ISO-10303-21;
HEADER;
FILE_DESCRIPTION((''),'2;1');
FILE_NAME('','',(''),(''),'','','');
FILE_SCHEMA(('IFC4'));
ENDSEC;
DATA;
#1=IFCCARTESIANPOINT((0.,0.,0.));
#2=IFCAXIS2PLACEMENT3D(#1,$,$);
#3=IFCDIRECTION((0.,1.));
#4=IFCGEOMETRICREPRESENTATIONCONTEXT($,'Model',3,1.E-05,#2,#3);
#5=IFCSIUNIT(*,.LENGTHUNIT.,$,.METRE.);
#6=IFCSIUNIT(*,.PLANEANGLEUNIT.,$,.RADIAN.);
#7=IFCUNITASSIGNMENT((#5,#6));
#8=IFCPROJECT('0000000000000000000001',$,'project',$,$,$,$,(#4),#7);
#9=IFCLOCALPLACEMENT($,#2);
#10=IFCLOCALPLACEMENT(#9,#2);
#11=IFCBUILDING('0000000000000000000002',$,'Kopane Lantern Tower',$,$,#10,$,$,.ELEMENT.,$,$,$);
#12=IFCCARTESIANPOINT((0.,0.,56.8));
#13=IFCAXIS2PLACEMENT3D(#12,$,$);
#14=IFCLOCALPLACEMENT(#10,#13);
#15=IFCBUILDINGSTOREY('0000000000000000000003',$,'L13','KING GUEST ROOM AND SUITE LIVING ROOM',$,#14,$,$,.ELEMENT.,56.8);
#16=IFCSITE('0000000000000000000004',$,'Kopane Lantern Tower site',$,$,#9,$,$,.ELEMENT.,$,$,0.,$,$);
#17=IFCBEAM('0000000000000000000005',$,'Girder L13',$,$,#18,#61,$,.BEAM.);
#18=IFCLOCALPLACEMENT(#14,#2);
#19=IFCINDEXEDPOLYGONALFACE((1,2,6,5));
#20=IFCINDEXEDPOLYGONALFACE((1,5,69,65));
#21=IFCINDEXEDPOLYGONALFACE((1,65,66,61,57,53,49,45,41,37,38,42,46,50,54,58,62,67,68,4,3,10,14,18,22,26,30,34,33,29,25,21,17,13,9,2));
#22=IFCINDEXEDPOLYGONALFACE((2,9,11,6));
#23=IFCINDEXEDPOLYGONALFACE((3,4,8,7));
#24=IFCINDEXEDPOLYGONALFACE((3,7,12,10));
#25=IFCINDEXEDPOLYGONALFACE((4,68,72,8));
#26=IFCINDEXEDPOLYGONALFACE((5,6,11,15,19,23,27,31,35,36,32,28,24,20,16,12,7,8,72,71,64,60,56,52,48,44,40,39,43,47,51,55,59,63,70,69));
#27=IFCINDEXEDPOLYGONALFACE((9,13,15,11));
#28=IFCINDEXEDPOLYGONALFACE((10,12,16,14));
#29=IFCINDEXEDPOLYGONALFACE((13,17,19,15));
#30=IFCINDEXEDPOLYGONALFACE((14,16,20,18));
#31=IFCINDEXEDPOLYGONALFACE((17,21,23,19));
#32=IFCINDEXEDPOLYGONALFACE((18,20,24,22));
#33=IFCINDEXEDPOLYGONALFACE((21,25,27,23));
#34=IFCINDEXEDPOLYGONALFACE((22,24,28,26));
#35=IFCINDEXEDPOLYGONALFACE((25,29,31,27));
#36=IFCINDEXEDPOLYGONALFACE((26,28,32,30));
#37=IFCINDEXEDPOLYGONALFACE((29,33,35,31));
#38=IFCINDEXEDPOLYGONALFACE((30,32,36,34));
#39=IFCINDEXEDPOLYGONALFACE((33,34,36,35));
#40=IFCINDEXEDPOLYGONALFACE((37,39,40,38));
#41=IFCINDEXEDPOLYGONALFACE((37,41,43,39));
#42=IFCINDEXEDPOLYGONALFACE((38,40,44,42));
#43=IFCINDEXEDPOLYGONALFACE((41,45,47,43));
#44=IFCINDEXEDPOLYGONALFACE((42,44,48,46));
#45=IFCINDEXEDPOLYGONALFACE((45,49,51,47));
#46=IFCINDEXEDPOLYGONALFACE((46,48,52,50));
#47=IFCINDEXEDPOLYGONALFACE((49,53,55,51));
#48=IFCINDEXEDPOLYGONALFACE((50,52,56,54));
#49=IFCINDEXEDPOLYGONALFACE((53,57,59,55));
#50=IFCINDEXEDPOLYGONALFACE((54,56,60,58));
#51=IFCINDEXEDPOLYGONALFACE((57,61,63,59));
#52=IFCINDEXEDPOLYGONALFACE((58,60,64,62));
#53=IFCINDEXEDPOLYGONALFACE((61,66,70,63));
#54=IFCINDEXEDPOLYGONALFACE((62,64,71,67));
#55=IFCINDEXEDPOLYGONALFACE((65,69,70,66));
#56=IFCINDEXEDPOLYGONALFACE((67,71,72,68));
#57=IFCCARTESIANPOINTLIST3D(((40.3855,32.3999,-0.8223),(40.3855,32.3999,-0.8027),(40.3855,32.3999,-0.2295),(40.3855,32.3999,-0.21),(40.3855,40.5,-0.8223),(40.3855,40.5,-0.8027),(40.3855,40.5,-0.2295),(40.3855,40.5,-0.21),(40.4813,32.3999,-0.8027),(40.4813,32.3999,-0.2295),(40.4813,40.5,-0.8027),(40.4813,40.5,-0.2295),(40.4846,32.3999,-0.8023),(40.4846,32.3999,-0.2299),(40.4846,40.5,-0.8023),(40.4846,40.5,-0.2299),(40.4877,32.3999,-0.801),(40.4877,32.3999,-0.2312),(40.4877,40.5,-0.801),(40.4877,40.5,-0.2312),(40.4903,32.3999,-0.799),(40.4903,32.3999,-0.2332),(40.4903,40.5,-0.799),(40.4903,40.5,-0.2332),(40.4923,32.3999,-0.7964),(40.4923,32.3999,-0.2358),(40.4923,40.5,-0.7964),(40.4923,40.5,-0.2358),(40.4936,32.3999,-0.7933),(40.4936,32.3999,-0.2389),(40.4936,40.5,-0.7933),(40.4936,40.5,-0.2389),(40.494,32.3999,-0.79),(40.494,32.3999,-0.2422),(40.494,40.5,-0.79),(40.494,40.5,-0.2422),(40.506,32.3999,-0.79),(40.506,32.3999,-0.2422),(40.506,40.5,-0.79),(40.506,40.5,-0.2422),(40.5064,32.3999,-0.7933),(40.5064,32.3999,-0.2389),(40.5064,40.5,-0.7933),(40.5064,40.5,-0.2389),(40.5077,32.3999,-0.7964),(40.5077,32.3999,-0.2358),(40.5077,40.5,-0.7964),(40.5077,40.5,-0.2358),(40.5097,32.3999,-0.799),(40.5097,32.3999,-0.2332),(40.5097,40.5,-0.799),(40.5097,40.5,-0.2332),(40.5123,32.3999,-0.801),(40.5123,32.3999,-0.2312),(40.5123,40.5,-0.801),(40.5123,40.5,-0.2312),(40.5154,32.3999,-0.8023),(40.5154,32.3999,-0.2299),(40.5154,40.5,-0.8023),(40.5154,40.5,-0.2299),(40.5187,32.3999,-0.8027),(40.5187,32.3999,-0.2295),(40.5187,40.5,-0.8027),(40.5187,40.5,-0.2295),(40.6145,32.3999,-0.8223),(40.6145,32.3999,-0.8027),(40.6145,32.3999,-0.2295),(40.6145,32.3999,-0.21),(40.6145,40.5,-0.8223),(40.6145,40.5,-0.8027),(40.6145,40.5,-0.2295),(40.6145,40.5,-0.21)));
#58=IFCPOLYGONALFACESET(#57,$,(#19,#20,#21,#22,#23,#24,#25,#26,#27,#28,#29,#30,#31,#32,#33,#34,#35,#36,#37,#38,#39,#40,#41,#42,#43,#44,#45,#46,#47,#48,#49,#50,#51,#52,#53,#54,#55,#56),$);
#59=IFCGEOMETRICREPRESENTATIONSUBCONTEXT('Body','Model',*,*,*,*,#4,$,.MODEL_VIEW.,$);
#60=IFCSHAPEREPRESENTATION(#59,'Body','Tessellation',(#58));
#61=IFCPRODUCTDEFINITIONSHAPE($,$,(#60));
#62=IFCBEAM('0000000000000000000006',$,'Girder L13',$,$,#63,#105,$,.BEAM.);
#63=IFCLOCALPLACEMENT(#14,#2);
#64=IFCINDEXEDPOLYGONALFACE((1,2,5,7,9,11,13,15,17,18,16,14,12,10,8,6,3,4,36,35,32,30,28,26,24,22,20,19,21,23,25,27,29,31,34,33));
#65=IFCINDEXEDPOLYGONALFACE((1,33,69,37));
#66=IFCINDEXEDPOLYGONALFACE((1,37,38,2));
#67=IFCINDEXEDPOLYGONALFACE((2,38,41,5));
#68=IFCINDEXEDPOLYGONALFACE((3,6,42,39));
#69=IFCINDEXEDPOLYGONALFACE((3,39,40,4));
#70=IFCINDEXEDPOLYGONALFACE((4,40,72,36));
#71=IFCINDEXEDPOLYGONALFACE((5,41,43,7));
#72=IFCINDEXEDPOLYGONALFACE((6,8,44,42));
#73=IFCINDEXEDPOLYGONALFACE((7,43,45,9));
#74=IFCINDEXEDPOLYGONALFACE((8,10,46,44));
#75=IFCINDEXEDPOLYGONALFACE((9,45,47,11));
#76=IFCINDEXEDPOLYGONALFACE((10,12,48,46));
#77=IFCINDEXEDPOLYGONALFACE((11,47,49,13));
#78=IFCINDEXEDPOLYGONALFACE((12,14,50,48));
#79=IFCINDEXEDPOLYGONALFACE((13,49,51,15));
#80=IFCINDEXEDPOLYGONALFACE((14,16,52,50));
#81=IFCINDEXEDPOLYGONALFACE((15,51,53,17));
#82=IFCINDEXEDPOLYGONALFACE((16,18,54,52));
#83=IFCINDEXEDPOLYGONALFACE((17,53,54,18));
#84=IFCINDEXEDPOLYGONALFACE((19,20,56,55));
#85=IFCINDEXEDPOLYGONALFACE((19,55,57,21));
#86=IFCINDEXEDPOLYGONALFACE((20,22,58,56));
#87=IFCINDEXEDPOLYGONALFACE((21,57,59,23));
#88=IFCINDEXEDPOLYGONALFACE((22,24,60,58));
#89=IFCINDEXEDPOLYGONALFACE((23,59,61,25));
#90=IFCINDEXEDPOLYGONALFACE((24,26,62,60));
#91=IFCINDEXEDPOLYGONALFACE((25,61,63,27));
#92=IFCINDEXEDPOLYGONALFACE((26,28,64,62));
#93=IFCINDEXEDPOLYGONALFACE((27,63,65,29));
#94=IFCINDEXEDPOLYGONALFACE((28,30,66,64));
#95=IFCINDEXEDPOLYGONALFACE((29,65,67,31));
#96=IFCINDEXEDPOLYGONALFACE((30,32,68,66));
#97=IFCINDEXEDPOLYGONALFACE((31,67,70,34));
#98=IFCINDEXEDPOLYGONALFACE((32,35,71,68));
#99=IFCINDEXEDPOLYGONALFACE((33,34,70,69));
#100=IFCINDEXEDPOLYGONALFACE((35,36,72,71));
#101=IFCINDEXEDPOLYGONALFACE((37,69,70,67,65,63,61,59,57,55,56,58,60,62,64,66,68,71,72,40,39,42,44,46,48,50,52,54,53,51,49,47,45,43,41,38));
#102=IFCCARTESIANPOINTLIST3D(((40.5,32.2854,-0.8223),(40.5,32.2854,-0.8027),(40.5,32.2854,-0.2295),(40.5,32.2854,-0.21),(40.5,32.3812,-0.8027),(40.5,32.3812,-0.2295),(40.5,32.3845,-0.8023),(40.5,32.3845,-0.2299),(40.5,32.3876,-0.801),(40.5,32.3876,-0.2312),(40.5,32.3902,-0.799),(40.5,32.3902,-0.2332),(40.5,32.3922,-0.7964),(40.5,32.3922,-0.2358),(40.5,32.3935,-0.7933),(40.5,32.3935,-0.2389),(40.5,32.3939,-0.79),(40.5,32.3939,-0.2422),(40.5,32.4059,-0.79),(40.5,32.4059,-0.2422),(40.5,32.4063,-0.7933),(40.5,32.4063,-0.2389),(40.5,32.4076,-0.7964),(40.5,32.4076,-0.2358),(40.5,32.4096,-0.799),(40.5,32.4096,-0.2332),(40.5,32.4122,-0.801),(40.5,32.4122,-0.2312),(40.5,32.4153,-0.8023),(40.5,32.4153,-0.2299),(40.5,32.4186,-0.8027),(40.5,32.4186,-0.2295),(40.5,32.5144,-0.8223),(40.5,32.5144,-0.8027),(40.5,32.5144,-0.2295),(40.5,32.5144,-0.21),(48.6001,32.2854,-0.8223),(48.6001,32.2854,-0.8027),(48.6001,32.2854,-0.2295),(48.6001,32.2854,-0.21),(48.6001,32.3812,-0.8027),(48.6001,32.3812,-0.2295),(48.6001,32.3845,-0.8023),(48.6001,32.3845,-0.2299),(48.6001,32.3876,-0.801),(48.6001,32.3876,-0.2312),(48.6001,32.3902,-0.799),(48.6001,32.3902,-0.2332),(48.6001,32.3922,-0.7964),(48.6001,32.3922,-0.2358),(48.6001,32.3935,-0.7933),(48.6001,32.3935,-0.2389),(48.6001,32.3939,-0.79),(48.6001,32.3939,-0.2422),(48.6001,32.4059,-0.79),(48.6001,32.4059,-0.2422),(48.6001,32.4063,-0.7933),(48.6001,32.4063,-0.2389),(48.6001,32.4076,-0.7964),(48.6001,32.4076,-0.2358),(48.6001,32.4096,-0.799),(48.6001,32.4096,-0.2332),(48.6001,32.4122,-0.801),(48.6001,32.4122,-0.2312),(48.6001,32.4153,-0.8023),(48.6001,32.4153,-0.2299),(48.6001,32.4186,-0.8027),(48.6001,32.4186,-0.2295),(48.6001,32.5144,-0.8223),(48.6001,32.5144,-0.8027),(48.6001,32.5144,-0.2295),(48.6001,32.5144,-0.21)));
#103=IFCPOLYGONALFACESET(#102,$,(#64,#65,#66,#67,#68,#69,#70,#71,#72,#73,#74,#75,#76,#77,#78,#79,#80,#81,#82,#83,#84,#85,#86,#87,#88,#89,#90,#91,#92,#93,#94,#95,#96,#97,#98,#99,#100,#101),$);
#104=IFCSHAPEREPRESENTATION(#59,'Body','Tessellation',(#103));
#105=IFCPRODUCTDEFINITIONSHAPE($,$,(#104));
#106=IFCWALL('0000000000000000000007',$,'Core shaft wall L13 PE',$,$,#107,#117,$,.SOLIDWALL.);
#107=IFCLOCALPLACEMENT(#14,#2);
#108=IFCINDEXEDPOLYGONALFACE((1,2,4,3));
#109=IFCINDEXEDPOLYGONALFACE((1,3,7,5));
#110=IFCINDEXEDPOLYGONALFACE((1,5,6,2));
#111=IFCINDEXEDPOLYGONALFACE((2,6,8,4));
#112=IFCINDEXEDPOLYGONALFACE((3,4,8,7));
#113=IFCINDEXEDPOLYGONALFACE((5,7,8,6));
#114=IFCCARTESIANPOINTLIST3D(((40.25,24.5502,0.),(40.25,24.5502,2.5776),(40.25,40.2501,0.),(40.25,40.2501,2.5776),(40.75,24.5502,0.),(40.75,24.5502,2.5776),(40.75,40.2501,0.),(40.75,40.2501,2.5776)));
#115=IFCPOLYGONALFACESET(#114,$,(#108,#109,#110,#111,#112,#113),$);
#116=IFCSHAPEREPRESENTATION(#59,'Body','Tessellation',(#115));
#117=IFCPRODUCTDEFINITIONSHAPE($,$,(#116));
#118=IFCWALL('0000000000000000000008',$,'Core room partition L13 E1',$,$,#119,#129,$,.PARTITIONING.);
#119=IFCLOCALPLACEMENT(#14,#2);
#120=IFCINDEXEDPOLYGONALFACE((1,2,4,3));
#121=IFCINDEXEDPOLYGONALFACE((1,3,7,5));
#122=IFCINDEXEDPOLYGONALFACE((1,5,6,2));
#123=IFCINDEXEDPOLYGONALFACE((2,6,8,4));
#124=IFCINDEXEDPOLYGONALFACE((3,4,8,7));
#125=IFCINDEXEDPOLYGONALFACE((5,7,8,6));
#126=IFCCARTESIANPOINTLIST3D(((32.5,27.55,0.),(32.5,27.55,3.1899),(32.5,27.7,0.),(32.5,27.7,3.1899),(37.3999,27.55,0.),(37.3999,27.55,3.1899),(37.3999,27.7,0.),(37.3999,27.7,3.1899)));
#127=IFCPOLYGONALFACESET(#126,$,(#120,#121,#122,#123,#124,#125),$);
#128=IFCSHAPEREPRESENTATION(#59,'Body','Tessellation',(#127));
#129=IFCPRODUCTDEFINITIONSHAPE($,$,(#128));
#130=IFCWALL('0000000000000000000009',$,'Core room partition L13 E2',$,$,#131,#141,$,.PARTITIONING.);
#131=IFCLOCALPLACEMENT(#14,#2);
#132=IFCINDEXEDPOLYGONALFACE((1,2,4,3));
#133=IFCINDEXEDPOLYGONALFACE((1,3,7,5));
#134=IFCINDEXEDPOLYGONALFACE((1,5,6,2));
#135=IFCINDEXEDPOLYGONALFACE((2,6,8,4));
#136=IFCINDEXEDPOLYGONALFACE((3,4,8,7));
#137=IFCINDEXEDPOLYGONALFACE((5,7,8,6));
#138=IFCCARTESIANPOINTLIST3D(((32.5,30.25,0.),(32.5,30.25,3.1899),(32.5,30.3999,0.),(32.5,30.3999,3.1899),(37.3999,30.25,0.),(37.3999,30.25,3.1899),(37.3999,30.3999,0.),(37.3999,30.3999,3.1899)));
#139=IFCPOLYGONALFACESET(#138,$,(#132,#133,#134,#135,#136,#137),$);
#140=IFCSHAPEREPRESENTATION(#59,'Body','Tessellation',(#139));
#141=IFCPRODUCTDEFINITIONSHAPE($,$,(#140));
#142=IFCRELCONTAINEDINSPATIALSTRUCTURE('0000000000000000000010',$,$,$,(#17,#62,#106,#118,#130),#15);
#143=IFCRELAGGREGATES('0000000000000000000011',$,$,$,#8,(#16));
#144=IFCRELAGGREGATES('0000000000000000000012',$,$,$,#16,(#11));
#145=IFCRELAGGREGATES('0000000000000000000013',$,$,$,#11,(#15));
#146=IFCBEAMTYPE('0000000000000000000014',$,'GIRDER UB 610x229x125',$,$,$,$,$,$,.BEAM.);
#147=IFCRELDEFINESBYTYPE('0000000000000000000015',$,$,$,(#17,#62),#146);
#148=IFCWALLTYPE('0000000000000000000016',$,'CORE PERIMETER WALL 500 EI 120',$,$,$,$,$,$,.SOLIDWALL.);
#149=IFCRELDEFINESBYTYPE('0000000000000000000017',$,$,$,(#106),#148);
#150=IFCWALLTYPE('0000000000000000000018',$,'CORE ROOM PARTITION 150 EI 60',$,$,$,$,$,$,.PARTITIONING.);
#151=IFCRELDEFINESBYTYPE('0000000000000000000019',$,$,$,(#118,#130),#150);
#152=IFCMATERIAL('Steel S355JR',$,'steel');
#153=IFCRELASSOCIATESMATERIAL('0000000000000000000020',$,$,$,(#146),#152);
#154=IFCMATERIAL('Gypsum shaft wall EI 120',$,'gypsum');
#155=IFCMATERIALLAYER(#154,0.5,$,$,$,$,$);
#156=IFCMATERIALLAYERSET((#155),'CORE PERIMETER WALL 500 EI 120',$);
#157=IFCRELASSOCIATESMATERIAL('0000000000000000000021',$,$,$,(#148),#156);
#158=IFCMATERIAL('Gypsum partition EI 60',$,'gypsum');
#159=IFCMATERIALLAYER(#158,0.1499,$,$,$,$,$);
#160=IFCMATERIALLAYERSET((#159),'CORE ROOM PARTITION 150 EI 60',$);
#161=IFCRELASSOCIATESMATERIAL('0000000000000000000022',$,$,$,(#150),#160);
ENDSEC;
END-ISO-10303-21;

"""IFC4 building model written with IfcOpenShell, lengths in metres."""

from ifc_helpers import new_model, si_unit, direction, frame, frame_2d, origin, origin_2d, place, context, subcontext, project, spatial, rectangle, i_section, extrude, material, layer, layer_set, material_profile, profile_set, type_object, element, save


model = new_model("IFC4")

# Units and contexts
model_context = context("Model", 3, precision=1e-05, world=origin(), true_north=direction((0.0, 1.0)))
body_context = subcontext(model_context, "Body", "Model", "MODEL_VIEW")
ifc_project = project(units=[si_unit("LENGTHUNIT", "METRE"), si_unit("PLANEANGLEUNIT", "RADIAN")], contexts=[model_context])

# Site, building, storey
site_placement = place(None, origin())
site = spatial("IfcSite", under=ifc_project, at=site_placement, Name="Kopane Lantern Tower site", CompositionType="ELEMENT", RefElevation=0.0)
building_placement = place(site_placement, origin())
building = spatial("IfcBuilding", under=site, at=building_placement, Name="Kopane Lantern Tower", CompositionType="ELEMENT")
storey_placement = place(building_placement, frame((0.0, 0.0, 56.8)))
storey = spatial("IfcBuildingStorey", under=building, at=storey_placement, Name="L13", Description="KING GUEST ROOM AND SUITE LIVING ROOM", CompositionType="ELEMENT", Elevation=56.8)

# Beams
ifc_material_1 = material(Name="Steel S355JR", Category="steel")
ifc_material_profile_1 = material_profile(ifc_material_1, i_section(OverallWidth=0.229, OverallDepth=0.6123, WebThickness=0.012, FlangeThickness=0.0195, FilletRadius=0.0127, at=origin_2d()), Name="UB 610x229x125")
ifc_profile_set_1 = profile_set([ifc_material_profile_1], Name="Steel S355JR")
beam_type_1 = type_object("IfcBeamType", Name="GIRDER UB 610x229x125", PredefinedType="BEAM", material=ifc_profile_set_1)
for number, where, z_axis, x_axis, name in (
    (1, (40.5, 32.3999, -0.5161), (0.0, 1.0, 0.0), (-1.0, 0.0, 0.0), "Girder L13"),
    (2, (40.5, 32.3999, -0.5161), (1.0, 0.0, 0.0), (0.0, 1.0, 0.0), "Girder L13"),
):
    element("IfcBeam", number, at=place(storey_placement, frame(where, z_axis=z_axis, x_axis=x_axis)), inside=storey, type_object=beam_type_1, Name=name, PredefinedType="BEAM", context=body_context, shape_type="SweptSolid", body=[
        extrude(i_section(OverallWidth=0.229, OverallDepth=0.6123, WebThickness=0.012, FlangeThickness=0.0195, FilletRadius=0.0127, at=origin_2d()), origin(), (0.0, 0.0, 1.0), 8.1001),
    ])

# Walls
ifc_material_2 = material(Name="Gypsum shaft wall EI 120", Category="gypsum")
ifc_layer_1 = layer(ifc_material_2, 0.5)
ifc_layer_set_1 = layer_set([ifc_layer_1], Name="CORE PERIMETER WALL 500 EI 120")
wall_type_1 = type_object("IfcWallType", Name="CORE PERIMETER WALL 500 EI 120", PredefinedType="SOLIDWALL", material=ifc_layer_set_1)
wall_1_placement = place(storey_placement, frame((40.5, 24.55, 0.0), z_axis=(0.0, 0.0, 1.0), x_axis=(0.0, 1.0, 0.0)))
element("IfcWall", 3, at=wall_1_placement, inside=storey, type_object=wall_type_1, Name="Core shaft wall L13 PE", PredefinedType="SOLIDWALL", context=body_context, shape_type="SweptSolid", body=[
    extrude(rectangle(XDim=15.7, YDim=0.5, at=frame_2d((7.8501, 0.0))), origin(), (0.0, 0.0, 1.0), 2.5776),
])
ifc_material_3 = material(Name="Gypsum partition EI 60", Category="gypsum")
ifc_layer_2 = layer(ifc_material_3, 0.1499)
ifc_layer_set_2 = layer_set([ifc_layer_2], Name="CORE ROOM PARTITION 150 EI 60")
wall_type_2 = type_object("IfcWallType", Name="CORE ROOM PARTITION 150 EI 60", PredefinedType="PARTITIONING", material=ifc_layer_set_2)
for number, where, z_axis, x_axis, name in (
    (4, (32.5, 27.625, 0.0), (0.0, 0.0, 1.0), (1.0, 0.0, 0.0), "Core room partition L13 E1"),
    (5, (32.5, 30.325, 0.0), (0.0, 0.0, 1.0), (1.0, 0.0, 0.0), "Core room partition L13 E2"),
):
    element("IfcWall", number, at=place(storey_placement, frame(where, z_axis=z_axis, x_axis=x_axis)), inside=storey, type_object=wall_type_2, Name=name, PredefinedType="PARTITIONING", context=body_context, shape_type="SweptSolid", body=[
        extrude(rectangle(XDim=4.8999, YDim=0.1499, at=frame_2d((2.45, 0.0))), origin(), (0.0, 0.0, 1.0), 3.1899),
    ])

save(model, "model.ifc")
